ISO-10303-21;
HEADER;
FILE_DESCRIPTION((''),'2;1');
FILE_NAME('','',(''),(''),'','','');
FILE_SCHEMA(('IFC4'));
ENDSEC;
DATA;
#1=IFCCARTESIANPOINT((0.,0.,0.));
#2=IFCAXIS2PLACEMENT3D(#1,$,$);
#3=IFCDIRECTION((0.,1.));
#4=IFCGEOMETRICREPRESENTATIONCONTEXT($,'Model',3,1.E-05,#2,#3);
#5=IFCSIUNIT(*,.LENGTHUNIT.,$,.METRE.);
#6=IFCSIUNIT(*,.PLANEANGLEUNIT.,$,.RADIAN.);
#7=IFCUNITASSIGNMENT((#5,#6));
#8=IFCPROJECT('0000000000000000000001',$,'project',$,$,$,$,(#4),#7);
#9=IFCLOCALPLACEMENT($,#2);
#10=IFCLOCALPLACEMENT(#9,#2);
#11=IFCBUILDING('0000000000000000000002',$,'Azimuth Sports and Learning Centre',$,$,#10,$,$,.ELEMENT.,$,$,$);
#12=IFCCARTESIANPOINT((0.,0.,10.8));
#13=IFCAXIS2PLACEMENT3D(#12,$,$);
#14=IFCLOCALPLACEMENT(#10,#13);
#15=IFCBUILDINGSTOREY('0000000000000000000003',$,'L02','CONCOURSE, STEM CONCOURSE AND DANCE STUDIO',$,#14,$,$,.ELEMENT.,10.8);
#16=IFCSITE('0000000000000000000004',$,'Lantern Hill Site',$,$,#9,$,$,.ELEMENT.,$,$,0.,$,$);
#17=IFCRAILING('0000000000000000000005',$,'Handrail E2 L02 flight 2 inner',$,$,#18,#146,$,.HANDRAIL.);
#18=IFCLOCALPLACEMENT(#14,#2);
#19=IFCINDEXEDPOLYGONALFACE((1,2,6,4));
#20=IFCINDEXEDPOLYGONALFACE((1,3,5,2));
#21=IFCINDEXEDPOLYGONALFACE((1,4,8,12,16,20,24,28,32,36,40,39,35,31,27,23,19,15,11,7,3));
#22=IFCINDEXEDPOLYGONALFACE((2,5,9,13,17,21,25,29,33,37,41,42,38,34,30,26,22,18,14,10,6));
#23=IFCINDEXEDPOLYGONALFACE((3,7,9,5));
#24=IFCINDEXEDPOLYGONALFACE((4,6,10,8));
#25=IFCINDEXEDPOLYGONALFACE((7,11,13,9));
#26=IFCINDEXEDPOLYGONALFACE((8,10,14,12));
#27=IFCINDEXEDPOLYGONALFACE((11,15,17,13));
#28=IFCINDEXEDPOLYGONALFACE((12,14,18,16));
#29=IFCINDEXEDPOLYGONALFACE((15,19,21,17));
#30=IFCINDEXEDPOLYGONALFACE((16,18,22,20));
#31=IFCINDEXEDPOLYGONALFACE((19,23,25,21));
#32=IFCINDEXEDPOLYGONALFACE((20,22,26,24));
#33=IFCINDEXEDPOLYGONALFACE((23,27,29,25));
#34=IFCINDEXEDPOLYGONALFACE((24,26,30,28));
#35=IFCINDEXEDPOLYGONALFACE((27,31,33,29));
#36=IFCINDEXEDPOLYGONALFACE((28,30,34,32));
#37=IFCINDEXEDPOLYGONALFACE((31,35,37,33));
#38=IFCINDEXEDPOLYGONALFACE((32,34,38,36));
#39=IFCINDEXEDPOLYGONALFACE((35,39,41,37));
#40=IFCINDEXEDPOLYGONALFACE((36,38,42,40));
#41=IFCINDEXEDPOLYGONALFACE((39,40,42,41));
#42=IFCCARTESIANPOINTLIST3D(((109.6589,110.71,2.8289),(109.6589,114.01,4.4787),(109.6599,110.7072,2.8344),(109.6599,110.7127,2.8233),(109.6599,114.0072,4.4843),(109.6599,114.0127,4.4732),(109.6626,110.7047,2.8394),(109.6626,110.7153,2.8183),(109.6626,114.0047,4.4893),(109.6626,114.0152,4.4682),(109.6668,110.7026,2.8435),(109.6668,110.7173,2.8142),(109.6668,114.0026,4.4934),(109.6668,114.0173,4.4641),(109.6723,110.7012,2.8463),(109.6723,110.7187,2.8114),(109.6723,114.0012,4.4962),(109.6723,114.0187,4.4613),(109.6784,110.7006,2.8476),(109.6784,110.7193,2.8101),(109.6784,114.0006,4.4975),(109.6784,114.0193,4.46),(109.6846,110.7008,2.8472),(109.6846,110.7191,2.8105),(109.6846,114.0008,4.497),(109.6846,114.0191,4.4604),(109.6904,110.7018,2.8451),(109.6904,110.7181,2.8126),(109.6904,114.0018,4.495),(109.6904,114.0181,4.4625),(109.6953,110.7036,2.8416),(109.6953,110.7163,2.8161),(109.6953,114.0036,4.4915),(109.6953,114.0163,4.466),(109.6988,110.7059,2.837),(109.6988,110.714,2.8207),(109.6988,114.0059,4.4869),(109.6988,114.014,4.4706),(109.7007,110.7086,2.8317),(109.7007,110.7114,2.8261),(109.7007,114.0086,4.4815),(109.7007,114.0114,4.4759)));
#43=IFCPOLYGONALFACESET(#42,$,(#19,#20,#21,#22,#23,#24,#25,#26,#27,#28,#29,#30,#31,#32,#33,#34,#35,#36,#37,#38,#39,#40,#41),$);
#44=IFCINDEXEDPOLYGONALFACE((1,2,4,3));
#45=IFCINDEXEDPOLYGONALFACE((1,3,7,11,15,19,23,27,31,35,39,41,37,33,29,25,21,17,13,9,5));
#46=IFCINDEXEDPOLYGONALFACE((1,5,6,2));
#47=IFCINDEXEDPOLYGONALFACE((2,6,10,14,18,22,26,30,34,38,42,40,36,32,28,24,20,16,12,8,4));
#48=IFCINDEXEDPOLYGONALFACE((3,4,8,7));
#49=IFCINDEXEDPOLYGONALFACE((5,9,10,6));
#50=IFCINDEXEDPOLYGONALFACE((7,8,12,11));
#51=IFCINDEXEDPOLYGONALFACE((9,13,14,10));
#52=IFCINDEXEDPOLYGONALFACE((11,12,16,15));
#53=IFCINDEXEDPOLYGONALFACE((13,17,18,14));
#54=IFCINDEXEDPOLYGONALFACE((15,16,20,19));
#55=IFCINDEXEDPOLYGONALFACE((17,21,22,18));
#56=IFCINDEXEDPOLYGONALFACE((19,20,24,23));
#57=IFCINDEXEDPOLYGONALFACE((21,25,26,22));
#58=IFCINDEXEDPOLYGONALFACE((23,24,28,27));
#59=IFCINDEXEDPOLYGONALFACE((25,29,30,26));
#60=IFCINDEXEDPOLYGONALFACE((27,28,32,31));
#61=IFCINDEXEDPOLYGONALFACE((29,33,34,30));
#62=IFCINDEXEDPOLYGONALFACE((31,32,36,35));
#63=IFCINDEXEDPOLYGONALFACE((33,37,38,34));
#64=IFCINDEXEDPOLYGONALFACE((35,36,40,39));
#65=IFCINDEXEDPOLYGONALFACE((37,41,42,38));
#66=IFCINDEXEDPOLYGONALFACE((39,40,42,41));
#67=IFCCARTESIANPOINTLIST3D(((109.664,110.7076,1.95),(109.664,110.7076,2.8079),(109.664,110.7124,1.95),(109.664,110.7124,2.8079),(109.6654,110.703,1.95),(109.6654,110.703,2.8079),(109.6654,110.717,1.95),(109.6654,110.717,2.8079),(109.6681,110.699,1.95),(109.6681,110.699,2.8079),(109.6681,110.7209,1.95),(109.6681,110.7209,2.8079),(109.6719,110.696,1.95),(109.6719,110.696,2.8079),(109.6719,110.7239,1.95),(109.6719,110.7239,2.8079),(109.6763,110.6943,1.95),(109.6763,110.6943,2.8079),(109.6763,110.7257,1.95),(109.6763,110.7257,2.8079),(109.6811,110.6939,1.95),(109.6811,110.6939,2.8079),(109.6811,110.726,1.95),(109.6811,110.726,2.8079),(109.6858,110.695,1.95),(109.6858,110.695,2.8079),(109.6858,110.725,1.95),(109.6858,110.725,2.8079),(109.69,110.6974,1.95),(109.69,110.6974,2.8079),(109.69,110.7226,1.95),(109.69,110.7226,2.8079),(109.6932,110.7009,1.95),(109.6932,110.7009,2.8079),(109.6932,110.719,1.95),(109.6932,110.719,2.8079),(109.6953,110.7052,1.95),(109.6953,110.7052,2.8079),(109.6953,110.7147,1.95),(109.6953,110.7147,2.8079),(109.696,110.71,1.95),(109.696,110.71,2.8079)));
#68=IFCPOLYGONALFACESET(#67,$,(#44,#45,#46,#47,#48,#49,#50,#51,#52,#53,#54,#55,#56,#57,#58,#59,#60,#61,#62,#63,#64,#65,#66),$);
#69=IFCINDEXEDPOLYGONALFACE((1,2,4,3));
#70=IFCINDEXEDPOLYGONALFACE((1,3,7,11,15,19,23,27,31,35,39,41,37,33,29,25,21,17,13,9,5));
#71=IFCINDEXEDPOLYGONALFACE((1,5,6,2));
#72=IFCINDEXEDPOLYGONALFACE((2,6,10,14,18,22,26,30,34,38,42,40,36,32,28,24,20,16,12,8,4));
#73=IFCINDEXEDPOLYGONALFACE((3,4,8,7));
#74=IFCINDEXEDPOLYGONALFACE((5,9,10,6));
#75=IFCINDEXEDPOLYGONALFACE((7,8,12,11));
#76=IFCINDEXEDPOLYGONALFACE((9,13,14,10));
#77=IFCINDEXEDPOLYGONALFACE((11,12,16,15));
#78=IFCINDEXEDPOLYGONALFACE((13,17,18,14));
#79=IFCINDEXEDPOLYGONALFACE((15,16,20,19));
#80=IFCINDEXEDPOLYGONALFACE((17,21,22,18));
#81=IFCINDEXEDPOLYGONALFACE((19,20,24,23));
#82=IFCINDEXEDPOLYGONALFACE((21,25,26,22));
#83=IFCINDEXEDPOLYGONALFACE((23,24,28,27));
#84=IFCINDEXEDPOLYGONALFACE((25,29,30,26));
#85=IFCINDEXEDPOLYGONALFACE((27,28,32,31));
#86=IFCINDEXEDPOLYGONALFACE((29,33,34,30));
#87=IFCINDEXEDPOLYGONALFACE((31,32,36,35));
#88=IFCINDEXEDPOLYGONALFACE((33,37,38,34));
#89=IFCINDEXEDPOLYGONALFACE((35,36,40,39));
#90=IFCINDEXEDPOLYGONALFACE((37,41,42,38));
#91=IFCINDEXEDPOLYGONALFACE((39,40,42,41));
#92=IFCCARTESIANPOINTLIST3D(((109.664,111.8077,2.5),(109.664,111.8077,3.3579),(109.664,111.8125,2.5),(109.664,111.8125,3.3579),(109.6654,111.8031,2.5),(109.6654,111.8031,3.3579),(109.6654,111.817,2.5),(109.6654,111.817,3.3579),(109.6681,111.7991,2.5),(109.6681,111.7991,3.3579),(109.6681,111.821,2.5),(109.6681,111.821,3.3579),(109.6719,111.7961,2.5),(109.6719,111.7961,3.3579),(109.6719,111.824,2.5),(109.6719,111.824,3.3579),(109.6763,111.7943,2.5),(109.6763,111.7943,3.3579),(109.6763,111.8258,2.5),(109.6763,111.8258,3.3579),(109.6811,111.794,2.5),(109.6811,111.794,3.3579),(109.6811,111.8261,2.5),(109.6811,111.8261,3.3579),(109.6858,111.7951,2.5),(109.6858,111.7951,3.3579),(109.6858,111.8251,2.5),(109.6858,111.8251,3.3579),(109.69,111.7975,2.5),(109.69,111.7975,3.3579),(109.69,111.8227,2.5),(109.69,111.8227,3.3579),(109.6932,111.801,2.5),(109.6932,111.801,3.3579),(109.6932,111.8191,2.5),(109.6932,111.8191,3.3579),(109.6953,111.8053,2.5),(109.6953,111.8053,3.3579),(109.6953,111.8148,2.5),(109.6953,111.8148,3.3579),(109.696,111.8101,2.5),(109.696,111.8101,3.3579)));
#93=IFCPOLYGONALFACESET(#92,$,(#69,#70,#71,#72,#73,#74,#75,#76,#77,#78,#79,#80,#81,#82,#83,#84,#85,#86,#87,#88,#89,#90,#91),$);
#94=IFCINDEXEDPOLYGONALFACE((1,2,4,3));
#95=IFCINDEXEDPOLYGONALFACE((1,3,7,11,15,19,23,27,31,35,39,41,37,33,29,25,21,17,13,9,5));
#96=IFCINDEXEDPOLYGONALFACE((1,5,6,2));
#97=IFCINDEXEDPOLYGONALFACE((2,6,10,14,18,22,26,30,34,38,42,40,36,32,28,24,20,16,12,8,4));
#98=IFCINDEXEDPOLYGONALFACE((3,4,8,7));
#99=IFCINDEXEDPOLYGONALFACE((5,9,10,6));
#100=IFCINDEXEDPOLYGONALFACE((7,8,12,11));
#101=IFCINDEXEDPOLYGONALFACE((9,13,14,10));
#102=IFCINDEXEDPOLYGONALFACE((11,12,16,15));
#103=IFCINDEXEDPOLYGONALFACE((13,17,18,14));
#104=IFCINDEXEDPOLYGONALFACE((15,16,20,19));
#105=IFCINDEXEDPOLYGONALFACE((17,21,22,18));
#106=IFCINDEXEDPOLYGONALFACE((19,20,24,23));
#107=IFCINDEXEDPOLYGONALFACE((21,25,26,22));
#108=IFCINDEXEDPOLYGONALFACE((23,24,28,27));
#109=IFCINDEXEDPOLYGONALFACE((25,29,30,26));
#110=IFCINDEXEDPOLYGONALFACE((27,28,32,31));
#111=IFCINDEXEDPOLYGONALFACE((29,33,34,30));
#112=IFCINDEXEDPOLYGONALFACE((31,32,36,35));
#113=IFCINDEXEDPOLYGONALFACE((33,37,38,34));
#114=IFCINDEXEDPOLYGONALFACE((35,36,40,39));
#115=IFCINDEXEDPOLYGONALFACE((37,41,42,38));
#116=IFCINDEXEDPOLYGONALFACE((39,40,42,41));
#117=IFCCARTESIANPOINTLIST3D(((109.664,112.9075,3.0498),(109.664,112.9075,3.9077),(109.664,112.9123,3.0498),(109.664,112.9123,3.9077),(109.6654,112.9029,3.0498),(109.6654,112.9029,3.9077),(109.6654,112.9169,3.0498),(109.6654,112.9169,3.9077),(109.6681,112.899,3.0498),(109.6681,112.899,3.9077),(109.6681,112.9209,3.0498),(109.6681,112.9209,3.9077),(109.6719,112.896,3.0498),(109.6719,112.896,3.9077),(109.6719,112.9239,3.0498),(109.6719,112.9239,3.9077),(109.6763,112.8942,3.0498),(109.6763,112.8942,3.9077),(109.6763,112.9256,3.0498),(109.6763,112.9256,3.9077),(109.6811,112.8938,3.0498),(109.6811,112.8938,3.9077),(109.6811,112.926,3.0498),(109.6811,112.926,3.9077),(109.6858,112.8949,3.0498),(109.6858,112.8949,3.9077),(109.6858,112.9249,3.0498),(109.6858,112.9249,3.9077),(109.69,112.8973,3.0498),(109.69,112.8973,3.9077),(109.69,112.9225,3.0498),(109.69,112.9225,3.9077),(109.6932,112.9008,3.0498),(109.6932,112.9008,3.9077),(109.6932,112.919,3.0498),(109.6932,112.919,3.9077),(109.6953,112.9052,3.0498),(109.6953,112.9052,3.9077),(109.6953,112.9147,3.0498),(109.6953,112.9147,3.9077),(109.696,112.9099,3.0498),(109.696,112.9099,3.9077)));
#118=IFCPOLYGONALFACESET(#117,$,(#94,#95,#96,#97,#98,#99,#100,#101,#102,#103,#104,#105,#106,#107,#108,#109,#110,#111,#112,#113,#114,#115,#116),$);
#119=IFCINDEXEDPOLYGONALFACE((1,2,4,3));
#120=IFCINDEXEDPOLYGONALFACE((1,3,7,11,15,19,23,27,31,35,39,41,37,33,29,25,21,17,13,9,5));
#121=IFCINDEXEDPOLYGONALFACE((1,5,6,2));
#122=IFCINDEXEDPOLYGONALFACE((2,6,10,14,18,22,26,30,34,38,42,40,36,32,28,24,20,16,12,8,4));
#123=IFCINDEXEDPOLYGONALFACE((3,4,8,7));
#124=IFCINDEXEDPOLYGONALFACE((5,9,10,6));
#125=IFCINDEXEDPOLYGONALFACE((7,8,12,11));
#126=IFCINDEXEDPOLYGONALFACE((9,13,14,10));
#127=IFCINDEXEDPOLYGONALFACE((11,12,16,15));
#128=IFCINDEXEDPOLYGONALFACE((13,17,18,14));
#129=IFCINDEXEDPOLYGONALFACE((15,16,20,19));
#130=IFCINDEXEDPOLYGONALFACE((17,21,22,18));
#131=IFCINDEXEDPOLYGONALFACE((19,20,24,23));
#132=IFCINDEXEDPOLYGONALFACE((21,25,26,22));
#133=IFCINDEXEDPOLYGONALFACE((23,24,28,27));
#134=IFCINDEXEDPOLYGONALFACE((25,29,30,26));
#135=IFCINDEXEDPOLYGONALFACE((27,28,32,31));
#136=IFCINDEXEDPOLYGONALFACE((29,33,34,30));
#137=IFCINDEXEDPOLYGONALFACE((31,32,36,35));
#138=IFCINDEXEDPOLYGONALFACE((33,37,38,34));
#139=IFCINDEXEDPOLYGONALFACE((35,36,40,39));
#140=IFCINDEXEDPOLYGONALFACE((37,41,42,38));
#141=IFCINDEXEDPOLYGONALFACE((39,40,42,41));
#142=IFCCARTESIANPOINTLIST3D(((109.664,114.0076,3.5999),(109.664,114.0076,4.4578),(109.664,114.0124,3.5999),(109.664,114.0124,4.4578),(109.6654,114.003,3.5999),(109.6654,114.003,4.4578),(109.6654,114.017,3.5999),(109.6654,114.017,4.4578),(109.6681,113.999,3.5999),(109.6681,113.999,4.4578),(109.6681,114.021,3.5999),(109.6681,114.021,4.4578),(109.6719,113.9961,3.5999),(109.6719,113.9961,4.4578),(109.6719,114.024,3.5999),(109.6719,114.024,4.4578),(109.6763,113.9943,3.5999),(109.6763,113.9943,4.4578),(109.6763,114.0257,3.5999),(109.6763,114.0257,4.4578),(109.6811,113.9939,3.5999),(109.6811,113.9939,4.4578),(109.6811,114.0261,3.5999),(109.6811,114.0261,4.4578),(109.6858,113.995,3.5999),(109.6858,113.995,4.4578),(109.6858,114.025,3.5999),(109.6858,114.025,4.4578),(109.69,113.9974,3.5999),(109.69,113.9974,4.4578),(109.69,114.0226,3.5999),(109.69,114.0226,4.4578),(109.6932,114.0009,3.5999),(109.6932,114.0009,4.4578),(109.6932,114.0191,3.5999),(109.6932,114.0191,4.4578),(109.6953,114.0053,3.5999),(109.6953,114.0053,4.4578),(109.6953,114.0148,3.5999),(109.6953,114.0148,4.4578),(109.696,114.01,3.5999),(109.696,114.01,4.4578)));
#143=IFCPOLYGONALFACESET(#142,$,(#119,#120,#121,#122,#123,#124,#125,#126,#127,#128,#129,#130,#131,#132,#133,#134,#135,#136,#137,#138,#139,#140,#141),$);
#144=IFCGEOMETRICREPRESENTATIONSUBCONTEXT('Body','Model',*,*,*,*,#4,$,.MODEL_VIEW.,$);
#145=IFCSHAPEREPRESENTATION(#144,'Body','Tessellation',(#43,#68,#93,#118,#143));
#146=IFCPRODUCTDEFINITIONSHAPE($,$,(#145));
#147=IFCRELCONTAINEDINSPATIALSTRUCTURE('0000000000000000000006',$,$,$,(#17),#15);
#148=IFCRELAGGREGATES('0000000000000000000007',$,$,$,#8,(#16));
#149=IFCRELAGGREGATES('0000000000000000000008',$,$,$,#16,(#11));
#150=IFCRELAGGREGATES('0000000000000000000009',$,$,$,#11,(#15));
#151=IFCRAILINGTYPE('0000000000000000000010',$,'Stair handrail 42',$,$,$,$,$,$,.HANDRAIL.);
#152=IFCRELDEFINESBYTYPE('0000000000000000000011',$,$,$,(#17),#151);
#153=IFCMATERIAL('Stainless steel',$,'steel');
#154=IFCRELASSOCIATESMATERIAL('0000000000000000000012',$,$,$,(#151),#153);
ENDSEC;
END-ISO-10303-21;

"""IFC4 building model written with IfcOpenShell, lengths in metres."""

from ifc_helpers import new_model, si_unit, direction, frame, origin, origin_2d, place, context, subcontext, project, spatial, circle, extrude, material, type_object, element, save


model = new_model("IFC4")

# Units and contexts
model_context = context("Model", 3, precision=1e-05, world=origin(), true_north=direction((0.0, 1.0)))
body_context = subcontext(model_context, "Body", "Model", "MODEL_VIEW")
ifc_project = project(units=[si_unit("LENGTHUNIT", "METRE"), si_unit("PLANEANGLEUNIT", "RADIAN")], contexts=[model_context])

# Site, building, storey
site_placement = place(None, origin())
site = spatial("IfcSite", under=ifc_project, at=site_placement, Name="Lantern Hill Site", CompositionType="ELEMENT", RefElevation=0.0)
building_placement = place(site_placement, origin())
building = spatial("IfcBuilding", under=site, at=building_placement, Name="Azimuth Sports and Learning Centre", CompositionType="ELEMENT")
storey_placement = place(building_placement, frame((0.0, 0.0, 10.8)))
storey = spatial("IfcBuildingStorey", under=building, at=storey_placement, Name="L02", Description="CONCOURSE, STEM CONCOURSE AND DANCE STUDIO", CompositionType="ELEMENT", Elevation=10.8)

# Railing
ifc_material_1 = material(Name="Stainless steel", Category="steel")
railing_type_1 = type_object("IfcRailingType", Name="Stair handrail 42", PredefinedType="HANDRAIL", material=ifc_material_1)
for number, where, name in (
    (1, (109.6799, 110.71, 1.95), "Handrail E2 L02 flight 2 inner"),
):
    element("IfcRailing", number, at=place(storey_placement, frame(where)), inside=storey, type_object=railing_type_1, Name=name, PredefinedType="HANDRAIL", context=body_context, shape_type="SweptSolid", body=[
        extrude(circle(Radius=0.021, at=origin_2d()), frame((0.0, 0.0, 0.8789), z_axis=(0.0, 0.89444, 0.447187), x_axis=(-1.0, 0.0, 0.0)), (0.0, 0.0, 1.0), 3.6895),
        extrude(circle(Radius=0.0161, at=origin_2d()), origin(), (0.0, 0.0, 1.0), 0.8579),
        extrude(circle(Radius=0.0161, at=origin_2d()), frame((0.0, 1.1001, 0.55)), (0.0, 0.0, 1.0), 0.8579),
        extrude(circle(Radius=0.0161, at=origin_2d()), frame((0.0, 2.2, 1.0999)), (0.0, 0.0, 1.0), 0.8579),
        extrude(circle(Radius=0.0161, at=origin_2d()), frame((0.0, 3.3, 1.6499)), (0.0, 0.0, 1.0), 0.8579),
    ])

save(model, "model.ifc")
